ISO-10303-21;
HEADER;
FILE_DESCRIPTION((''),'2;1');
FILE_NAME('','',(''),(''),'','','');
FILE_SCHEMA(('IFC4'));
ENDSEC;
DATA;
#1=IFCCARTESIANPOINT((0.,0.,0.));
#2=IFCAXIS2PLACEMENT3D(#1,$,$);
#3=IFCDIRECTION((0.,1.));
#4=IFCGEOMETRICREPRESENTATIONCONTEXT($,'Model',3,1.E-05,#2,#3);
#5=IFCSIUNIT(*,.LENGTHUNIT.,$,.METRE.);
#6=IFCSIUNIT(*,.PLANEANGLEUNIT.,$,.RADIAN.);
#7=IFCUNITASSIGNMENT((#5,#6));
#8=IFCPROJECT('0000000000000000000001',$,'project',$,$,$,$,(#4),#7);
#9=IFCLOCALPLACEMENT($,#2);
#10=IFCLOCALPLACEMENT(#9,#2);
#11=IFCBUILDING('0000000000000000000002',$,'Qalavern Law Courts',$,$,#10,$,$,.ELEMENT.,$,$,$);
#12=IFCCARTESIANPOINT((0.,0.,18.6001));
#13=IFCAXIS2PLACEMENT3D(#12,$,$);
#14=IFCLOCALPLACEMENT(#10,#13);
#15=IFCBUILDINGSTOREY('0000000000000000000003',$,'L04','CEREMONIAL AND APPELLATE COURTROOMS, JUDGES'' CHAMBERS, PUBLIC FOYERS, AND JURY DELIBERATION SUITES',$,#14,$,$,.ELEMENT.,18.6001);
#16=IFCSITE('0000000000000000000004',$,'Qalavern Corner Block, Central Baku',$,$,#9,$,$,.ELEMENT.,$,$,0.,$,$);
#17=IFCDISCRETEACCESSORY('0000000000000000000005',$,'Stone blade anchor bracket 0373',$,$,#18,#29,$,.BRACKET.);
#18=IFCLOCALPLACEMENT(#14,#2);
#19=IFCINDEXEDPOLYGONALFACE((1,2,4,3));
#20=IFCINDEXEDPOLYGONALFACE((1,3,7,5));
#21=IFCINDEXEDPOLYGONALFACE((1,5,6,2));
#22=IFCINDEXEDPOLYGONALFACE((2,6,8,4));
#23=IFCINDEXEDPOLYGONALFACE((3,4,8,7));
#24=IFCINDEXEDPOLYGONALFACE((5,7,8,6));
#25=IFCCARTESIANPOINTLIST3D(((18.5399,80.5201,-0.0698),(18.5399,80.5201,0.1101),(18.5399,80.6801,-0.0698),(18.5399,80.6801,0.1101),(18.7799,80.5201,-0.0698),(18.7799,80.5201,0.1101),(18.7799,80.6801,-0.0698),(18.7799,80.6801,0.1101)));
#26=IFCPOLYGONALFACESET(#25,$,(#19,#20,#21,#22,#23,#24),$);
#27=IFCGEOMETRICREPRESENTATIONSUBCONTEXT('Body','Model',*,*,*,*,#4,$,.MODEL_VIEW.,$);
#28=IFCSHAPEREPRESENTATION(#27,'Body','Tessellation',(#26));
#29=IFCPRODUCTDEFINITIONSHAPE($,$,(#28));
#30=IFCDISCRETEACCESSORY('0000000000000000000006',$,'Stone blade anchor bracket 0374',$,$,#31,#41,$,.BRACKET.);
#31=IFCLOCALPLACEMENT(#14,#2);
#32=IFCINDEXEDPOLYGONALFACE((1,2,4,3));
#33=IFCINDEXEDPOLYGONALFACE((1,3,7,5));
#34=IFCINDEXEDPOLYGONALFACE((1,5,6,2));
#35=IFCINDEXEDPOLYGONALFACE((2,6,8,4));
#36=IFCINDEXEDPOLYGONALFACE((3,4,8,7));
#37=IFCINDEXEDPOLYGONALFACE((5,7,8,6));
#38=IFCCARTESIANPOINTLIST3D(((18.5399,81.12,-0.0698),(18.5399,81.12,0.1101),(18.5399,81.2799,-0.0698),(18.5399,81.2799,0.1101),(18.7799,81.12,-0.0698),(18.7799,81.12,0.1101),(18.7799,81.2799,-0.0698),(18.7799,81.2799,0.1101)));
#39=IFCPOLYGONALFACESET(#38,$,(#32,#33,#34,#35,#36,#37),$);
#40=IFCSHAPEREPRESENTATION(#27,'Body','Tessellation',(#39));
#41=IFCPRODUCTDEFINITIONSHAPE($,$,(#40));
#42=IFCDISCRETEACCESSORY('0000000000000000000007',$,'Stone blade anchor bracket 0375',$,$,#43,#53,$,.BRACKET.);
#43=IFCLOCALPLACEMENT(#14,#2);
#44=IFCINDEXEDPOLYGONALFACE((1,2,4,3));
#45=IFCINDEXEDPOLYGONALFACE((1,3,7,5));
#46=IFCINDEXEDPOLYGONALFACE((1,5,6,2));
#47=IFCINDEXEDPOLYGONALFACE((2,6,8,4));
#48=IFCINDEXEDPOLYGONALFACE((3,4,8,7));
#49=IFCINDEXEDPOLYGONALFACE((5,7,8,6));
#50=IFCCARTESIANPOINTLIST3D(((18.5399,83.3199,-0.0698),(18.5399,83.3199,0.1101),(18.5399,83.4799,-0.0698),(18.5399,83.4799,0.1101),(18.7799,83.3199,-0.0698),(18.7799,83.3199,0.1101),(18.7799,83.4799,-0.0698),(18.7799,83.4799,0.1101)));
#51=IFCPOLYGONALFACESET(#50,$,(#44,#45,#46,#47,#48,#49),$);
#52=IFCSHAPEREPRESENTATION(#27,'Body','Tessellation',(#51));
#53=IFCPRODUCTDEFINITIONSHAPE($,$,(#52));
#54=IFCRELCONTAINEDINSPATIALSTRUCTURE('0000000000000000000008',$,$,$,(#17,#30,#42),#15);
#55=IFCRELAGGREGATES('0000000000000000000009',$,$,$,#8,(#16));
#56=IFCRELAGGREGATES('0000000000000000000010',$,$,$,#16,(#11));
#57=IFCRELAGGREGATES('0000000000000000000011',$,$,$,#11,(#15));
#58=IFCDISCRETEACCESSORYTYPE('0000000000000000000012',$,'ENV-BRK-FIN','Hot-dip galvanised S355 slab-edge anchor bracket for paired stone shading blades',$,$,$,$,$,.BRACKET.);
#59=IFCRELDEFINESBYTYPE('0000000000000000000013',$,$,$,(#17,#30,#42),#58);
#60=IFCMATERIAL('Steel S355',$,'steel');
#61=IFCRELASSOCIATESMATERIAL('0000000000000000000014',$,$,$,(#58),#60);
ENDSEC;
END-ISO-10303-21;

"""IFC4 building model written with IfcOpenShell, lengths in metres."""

from ifc_helpers import new_model, si_unit, direction, frame, origin, origin_2d, place, context, subcontext, project, spatial, rectangle, extrude, material, type_object, element, save


model = new_model("IFC4")

# Units and contexts
model_context = context("Model", 3, precision=1e-05, world=origin(), true_north=direction((0.0, 1.0)))
body_context = subcontext(model_context, "Body", "Model", "MODEL_VIEW")
ifc_project = project(units=[si_unit("LENGTHUNIT", "METRE"), si_unit("PLANEANGLEUNIT", "RADIAN")], contexts=[model_context])

# Site, building, storey
site_placement = place(None, origin())
site = spatial("IfcSite", under=ifc_project, at=site_placement, Name="Qalavern Corner Block, Central Baku", CompositionType="ELEMENT", RefElevation=0.0)
building_placement = place(site_placement, origin())
building = spatial("IfcBuilding", under=site, at=building_placement, Name="Qalavern Law Courts", CompositionType="ELEMENT")
storey_placement = place(building_placement, frame((0.0, 0.0, 18.6001)))
storey = spatial("IfcBuildingStorey", under=building, at=storey_placement, Name="L04", Description="CEREMONIAL AND APPELLATE COURTROOMS, JUDGES' CHAMBERS, PUBLIC FOYERS, AND JURY DELIBERATION SUITES", CompositionType="ELEMENT", Elevation=18.6001)

# Shared definitions
ifc_material_1 = material(Name="Steel S355", Category="steel")

# Discrete accessories
discrete_accessory_type = type_object("IfcDiscreteAccessoryType", Name="ENV-BRK-FIN", Description="Hot-dip galvanised S355 slab-edge anchor bracket for paired stone shading blades", PredefinedType="BRACKET", material=ifc_material_1)
for number, where, z_axis, x_axis, name in (
    (1, (18.6599, 80.6001, -0.0698), (0.0, 0.0, 1.0), (1.0, 0.0, 0.0), "Stone blade anchor bracket 0373"),
    (2, (18.6599, 81.2, -0.0698), (0.0, 0.0, 1.0), (1.0, 0.0, 0.0), "Stone blade anchor bracket 0374"),
    (3, (18.6599, 83.3999, -0.0698), (0.0, 0.0, 1.0), (1.0, 0.0, 0.0), "Stone blade anchor bracket 0375"),
):
    element("IfcDiscreteAccessory", number, at=place(storey_placement, frame(where, z_axis=z_axis, x_axis=x_axis)), inside=storey, type_object=discrete_accessory_type, Name=name, PredefinedType="BRACKET", context=body_context, shape_type="SweptSolid", body=[
        extrude(rectangle(XDim=0.24, YDim=0.1599, at=origin_2d()), origin(), (0.0, 0.0, 1.0), 0.1799),
    ])

save(model, "model.ifc")
